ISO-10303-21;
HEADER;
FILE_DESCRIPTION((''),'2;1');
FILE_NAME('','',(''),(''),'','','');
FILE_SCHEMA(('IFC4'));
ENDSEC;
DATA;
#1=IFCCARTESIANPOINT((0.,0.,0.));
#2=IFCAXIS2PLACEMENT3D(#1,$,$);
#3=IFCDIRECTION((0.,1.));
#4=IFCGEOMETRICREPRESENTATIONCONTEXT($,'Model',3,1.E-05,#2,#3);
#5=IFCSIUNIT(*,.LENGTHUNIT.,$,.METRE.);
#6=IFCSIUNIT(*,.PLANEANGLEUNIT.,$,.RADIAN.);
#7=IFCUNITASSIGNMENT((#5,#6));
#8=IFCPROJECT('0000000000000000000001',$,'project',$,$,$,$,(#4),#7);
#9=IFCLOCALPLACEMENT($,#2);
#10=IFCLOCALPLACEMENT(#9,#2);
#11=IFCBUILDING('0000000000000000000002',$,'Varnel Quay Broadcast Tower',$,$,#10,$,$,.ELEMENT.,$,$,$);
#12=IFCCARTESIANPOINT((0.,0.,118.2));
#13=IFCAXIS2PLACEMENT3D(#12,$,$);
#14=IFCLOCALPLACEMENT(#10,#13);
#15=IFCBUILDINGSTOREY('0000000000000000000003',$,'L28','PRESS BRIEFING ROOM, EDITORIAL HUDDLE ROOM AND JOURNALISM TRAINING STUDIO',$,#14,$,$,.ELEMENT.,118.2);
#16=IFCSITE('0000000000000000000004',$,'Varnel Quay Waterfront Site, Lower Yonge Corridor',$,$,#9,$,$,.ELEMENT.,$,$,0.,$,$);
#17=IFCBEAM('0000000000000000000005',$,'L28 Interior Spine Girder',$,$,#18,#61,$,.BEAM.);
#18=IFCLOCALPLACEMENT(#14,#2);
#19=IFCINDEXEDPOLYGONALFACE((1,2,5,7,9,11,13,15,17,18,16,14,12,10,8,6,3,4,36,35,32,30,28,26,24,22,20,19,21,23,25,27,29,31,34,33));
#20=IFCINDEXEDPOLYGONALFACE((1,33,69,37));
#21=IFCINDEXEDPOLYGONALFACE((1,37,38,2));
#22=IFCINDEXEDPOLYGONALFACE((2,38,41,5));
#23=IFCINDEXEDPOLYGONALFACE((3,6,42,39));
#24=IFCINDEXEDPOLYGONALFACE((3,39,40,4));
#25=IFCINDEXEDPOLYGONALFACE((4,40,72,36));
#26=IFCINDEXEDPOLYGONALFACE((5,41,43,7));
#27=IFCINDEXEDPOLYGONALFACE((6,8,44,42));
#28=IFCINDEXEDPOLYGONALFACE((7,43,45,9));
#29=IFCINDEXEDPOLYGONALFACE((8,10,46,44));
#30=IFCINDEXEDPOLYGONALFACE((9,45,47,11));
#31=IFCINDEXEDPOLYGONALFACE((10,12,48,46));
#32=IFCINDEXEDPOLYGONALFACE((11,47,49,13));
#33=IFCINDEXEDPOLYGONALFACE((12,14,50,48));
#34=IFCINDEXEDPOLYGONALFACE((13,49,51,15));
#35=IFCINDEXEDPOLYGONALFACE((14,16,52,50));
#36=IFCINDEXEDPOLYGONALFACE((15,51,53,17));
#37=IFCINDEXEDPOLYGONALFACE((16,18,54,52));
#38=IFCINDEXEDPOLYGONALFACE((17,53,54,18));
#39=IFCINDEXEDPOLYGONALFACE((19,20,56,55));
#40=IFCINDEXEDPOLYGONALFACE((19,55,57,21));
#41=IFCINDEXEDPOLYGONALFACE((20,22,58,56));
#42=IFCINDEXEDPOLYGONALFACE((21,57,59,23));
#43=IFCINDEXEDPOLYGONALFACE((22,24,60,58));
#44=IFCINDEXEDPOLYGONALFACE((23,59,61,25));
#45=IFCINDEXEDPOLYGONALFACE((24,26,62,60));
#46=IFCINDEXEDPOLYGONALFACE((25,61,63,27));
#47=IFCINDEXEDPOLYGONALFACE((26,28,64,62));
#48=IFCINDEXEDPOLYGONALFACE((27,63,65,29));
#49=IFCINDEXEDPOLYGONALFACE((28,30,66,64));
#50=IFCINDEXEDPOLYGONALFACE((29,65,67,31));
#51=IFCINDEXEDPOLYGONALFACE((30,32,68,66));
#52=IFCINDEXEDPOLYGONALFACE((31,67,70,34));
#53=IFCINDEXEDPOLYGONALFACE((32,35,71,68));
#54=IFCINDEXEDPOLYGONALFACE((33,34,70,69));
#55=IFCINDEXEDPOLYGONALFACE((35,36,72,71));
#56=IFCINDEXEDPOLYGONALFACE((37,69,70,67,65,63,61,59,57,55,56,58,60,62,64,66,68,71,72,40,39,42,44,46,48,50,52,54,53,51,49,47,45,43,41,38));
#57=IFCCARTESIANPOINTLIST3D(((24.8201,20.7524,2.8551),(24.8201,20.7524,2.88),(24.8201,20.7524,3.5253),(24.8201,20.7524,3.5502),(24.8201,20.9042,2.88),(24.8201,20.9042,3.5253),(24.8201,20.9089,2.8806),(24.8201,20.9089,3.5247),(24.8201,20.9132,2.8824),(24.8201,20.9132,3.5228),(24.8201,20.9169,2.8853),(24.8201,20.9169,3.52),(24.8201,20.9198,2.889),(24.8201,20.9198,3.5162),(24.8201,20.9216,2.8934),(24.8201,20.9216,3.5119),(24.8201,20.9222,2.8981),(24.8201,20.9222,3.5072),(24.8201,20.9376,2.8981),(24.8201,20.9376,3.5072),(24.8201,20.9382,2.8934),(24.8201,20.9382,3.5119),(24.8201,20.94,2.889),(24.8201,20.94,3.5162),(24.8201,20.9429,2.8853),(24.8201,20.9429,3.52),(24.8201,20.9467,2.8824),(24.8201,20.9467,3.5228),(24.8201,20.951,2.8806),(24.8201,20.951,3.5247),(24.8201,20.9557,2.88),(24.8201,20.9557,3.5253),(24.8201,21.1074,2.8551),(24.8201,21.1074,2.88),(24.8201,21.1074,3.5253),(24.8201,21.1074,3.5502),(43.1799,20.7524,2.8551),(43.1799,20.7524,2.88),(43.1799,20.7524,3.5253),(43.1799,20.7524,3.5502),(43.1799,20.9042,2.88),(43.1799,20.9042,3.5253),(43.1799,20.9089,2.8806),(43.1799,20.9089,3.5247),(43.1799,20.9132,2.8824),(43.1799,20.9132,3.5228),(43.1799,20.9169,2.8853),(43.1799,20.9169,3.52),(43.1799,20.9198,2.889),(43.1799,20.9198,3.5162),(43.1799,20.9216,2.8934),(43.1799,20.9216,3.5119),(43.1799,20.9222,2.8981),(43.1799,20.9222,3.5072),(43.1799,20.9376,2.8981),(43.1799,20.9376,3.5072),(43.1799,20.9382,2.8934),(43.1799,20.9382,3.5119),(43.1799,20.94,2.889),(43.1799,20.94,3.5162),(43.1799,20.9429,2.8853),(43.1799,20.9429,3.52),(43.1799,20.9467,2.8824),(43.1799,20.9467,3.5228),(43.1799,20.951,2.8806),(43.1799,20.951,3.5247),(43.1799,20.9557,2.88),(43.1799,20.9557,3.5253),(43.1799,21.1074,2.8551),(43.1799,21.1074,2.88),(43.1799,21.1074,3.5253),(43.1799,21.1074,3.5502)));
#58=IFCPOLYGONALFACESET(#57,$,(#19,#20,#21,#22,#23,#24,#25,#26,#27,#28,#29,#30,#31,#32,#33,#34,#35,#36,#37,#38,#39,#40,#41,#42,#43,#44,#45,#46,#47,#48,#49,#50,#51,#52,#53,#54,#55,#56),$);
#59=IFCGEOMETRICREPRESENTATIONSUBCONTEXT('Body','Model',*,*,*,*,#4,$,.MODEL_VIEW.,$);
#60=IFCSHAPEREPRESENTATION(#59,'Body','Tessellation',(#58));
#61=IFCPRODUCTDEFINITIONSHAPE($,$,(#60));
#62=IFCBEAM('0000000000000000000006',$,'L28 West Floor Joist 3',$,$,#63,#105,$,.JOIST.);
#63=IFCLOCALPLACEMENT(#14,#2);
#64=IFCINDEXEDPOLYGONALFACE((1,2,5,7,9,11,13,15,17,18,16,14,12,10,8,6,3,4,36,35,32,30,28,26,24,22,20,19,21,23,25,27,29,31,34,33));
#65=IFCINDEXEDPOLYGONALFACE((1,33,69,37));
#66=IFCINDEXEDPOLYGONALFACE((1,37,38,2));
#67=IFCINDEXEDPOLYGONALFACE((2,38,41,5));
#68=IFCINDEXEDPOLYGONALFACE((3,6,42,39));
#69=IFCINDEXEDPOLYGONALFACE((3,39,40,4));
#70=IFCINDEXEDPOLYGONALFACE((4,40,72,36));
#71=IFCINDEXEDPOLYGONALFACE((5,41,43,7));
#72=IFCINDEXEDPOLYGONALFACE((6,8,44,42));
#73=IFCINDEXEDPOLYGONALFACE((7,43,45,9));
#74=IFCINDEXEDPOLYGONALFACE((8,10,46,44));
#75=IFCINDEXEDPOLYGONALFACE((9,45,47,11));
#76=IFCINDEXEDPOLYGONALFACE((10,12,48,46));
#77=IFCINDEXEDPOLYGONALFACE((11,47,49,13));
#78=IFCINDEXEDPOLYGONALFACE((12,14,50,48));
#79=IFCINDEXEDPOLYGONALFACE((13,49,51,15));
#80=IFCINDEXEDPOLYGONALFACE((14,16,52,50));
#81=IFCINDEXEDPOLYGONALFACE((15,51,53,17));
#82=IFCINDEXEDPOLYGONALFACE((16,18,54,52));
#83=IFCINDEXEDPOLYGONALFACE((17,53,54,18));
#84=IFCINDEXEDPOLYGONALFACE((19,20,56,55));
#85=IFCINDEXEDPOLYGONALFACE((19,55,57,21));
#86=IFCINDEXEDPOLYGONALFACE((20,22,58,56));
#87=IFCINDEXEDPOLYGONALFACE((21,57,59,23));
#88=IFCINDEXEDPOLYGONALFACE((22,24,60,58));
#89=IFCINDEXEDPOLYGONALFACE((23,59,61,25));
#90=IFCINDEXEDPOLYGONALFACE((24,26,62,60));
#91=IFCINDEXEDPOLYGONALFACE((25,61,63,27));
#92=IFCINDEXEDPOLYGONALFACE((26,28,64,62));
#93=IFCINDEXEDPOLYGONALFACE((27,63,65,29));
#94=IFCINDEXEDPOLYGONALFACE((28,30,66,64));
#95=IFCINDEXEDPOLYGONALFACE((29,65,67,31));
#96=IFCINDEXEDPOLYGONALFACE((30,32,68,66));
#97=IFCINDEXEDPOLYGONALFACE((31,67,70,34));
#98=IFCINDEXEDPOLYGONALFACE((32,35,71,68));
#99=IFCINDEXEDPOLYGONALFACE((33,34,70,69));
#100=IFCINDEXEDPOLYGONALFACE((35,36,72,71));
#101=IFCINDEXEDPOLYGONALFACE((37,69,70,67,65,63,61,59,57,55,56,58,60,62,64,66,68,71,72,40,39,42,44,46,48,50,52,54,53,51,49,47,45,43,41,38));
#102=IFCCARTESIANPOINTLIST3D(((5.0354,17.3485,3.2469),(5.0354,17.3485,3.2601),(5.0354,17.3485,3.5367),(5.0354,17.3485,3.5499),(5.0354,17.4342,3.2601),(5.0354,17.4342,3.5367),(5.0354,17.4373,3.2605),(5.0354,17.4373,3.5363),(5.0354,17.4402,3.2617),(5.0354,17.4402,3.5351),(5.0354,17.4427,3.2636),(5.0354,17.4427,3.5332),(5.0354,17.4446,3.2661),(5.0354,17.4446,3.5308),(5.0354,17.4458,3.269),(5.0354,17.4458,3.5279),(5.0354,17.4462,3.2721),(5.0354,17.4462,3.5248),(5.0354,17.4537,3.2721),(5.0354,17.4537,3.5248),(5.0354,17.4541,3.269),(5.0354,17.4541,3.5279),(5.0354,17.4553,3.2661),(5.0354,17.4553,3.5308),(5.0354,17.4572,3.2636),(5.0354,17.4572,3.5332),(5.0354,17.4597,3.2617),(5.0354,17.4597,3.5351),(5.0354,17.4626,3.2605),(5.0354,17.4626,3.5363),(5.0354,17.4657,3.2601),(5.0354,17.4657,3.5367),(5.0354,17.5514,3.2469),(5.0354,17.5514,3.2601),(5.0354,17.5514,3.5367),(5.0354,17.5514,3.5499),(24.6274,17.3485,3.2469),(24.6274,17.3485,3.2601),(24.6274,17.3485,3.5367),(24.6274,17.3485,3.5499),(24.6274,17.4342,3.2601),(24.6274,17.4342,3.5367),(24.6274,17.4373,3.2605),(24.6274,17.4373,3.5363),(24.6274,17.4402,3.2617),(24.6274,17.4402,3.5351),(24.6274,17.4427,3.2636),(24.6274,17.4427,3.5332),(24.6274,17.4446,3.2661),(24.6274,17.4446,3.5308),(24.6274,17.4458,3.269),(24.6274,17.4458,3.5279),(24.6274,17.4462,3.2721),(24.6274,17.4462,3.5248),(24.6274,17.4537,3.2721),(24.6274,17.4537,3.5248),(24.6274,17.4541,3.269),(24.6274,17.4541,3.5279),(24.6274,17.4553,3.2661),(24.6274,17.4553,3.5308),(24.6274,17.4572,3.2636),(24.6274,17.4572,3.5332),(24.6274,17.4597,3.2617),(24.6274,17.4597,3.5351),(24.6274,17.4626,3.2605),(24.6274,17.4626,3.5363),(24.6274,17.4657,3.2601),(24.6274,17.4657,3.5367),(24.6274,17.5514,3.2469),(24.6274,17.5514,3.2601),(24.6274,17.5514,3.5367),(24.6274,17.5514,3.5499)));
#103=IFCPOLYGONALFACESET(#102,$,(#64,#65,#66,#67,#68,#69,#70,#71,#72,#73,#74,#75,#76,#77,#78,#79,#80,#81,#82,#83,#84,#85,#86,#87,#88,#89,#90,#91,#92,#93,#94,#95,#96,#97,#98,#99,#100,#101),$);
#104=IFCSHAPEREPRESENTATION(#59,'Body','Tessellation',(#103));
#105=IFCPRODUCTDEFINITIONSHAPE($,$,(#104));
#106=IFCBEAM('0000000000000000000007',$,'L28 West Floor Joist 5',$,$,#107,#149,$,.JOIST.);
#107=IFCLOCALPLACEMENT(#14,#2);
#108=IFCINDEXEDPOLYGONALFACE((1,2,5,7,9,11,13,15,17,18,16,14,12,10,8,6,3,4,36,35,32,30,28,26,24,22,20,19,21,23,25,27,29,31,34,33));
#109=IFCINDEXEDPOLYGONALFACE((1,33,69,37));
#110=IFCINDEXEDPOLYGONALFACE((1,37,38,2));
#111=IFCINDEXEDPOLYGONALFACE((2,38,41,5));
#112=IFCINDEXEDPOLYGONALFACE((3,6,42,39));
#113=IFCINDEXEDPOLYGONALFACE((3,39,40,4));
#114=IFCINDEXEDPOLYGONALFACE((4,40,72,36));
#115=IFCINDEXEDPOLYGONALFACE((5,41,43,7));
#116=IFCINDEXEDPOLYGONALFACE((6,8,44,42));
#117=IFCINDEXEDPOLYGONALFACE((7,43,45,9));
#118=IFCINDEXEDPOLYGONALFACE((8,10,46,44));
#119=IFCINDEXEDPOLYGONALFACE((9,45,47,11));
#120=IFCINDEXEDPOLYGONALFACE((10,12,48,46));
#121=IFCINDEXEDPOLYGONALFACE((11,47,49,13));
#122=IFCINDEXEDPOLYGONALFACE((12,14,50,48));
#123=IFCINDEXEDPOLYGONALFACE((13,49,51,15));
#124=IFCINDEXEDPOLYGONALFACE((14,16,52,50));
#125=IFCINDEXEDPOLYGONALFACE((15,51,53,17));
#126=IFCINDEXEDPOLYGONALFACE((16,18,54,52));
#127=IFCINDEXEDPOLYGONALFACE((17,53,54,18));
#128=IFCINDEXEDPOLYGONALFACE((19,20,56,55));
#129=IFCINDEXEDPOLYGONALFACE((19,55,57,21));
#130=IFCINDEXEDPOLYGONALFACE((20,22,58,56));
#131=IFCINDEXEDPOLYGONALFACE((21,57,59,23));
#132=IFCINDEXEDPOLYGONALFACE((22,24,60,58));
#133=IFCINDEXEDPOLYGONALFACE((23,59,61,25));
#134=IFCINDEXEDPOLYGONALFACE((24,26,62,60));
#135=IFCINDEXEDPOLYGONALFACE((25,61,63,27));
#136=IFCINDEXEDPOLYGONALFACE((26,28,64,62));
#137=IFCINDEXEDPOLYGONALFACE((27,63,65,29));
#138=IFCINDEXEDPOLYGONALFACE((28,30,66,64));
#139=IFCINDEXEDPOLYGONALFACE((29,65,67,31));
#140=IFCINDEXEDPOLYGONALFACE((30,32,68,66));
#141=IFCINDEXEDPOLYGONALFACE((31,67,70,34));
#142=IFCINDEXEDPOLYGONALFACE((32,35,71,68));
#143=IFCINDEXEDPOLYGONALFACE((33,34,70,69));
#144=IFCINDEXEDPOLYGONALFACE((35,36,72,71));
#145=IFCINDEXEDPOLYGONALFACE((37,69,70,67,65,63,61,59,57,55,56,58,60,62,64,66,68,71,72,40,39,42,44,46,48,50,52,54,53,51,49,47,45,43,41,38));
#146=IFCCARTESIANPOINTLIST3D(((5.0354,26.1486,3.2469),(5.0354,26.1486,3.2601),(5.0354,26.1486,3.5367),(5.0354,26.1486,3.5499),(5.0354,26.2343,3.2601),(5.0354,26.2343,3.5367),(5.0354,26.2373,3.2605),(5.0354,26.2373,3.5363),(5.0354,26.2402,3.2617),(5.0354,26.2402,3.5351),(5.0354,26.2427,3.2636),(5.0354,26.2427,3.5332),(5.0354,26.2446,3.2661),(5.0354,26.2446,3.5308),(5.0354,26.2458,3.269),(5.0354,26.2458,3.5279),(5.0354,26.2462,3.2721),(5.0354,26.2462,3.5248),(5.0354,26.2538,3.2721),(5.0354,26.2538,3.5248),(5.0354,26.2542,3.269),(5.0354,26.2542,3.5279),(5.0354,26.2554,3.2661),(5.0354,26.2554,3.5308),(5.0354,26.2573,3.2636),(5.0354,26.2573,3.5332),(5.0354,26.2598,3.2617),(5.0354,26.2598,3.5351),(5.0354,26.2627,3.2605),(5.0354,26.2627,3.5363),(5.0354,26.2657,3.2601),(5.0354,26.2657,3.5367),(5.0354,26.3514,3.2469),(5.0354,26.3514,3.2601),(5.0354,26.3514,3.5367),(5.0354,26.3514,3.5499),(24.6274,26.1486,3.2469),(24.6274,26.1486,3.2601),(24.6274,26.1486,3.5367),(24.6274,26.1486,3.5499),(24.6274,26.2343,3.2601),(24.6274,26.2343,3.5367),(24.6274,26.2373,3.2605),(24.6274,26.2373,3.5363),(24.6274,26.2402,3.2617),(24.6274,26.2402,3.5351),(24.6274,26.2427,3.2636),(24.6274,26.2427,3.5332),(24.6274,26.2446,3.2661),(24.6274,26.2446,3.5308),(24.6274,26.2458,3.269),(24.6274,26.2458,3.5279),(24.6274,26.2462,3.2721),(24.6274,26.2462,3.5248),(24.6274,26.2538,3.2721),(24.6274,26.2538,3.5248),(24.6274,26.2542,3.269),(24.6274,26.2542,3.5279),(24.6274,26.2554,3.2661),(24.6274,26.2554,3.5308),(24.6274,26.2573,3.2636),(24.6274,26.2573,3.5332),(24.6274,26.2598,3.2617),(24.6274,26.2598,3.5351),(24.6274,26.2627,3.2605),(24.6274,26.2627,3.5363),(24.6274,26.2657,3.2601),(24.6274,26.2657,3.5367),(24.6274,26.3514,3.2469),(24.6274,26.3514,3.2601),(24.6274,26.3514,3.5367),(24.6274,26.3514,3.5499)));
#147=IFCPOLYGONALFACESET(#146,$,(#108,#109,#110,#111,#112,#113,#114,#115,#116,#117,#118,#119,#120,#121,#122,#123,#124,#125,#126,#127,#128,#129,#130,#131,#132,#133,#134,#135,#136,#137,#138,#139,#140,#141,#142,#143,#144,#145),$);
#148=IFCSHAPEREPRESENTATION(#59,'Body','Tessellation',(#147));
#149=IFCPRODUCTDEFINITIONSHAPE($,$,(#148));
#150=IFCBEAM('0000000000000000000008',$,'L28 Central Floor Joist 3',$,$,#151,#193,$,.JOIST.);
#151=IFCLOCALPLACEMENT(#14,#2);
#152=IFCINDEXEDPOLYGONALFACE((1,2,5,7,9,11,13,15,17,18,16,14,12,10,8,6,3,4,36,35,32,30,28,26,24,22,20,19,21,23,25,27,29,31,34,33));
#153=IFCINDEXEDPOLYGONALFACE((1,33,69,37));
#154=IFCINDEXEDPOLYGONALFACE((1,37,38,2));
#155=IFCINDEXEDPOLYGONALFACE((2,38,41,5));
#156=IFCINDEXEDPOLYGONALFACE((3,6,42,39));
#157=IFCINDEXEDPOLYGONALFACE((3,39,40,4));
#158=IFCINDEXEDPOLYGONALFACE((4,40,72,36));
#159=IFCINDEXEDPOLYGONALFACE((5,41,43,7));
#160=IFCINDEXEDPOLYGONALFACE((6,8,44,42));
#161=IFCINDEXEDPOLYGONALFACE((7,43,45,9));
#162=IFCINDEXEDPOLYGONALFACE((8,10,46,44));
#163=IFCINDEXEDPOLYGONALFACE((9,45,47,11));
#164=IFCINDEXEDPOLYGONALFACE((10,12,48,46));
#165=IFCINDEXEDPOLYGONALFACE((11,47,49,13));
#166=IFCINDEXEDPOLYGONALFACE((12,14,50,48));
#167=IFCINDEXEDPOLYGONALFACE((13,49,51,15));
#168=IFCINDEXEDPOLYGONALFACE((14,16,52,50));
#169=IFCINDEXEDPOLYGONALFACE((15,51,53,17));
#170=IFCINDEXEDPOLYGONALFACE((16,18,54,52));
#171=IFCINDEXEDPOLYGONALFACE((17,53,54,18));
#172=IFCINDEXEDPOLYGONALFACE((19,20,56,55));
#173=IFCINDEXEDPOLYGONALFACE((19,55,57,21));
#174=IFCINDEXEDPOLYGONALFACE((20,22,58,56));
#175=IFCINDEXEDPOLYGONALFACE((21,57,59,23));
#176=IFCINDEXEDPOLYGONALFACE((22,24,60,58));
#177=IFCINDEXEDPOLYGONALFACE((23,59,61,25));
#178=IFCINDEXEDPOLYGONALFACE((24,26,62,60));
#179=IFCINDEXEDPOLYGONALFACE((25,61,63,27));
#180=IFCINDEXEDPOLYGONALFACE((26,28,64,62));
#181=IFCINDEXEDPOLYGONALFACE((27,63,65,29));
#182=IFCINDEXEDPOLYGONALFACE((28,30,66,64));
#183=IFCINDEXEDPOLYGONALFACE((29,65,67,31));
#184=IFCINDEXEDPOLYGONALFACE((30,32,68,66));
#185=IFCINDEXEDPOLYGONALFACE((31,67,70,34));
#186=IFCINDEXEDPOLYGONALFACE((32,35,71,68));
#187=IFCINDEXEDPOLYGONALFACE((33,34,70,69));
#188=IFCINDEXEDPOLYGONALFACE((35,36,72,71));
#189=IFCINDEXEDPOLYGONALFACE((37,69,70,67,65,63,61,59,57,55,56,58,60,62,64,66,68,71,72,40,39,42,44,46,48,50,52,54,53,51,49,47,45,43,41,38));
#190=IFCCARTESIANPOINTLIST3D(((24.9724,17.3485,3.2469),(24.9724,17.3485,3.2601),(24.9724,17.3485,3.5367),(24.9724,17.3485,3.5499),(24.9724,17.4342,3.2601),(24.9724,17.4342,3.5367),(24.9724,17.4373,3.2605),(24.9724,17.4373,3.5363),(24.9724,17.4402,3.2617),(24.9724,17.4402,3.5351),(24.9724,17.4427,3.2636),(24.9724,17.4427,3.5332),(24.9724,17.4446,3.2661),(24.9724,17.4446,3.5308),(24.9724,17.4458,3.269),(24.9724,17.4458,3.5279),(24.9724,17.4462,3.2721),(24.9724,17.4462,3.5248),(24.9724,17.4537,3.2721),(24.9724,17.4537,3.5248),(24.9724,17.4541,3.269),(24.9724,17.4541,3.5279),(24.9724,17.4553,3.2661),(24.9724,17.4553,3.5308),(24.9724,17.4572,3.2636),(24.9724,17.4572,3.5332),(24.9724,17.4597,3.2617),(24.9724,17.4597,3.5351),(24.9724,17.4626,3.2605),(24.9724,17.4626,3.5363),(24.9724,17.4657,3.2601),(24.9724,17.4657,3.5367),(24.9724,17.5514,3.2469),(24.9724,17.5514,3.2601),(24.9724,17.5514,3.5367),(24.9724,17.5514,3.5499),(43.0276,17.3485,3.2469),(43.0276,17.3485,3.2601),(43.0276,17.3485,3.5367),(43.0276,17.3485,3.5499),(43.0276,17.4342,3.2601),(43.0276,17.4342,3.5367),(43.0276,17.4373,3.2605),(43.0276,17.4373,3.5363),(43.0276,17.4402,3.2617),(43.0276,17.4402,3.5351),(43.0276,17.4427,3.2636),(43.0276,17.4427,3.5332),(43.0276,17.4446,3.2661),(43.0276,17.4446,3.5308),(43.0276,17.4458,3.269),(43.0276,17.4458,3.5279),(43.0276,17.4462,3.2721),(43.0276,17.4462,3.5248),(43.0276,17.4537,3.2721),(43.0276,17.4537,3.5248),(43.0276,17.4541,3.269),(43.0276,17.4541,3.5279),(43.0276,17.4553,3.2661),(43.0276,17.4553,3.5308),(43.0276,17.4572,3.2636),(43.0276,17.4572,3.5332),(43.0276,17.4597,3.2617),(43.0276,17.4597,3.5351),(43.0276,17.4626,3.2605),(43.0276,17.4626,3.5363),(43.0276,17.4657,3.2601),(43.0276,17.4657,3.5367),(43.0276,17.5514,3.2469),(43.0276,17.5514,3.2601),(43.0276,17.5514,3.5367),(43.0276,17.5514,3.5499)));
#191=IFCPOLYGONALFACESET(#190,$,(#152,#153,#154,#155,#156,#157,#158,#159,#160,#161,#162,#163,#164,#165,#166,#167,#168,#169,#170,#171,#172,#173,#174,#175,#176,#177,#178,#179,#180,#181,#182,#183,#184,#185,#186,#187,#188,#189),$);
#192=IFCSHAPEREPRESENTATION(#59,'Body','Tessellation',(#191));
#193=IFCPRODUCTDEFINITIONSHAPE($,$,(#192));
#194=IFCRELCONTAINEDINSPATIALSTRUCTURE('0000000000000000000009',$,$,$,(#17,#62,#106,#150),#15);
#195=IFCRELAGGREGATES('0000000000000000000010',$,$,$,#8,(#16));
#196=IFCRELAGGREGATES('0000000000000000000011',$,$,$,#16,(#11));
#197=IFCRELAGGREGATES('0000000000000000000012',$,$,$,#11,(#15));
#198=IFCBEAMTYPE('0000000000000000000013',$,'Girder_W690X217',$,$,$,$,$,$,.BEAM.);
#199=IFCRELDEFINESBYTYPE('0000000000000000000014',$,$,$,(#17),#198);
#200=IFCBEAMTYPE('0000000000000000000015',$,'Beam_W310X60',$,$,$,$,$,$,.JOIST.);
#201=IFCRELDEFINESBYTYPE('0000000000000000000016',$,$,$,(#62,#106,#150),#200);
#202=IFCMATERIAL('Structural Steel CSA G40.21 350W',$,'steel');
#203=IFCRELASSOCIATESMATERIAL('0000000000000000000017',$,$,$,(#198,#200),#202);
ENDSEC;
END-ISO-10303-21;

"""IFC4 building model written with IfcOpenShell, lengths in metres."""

from ifc_helpers import new_model, si_unit, direction, frame, origin, origin_2d, place, context, subcontext, project, spatial, i_section, extrude, source, transform, mapped, material, material_profile, profile_set, type_object, type_shapes, element, save


model = new_model("IFC4")

# Units and contexts
model_context = context("Model", 3, precision=1e-05, world=origin(), true_north=direction((0.0, 1.0)))
body_context = subcontext(model_context, "Body", "Model", "MODEL_VIEW")
ifc_project = project(units=[si_unit("LENGTHUNIT", "METRE"), si_unit("PLANEANGLEUNIT", "RADIAN")], contexts=[model_context])

# Site, building, storey
site_placement = place(None, origin())
site = spatial("IfcSite", under=ifc_project, at=site_placement, Name="Varnel Quay Waterfront Site, Lower Yonge Corridor", CompositionType="ELEMENT", RefElevation=0.0)
building_placement = place(site_placement, origin())
building = spatial("IfcBuilding", under=site, at=building_placement, Name="Varnel Quay Broadcast Tower", CompositionType="ELEMENT")
storey_placement = place(building_placement, frame((0.0, 0.0, 118.2)))
storey = spatial("IfcBuildingStorey", under=building, at=storey_placement, Name="L28", Description="PRESS BRIEFING ROOM, EDITORIAL HUDDLE ROOM AND JOURNALISM TRAINING STUDIO", CompositionType="ELEMENT", Elevation=118.2)

# Beams
ifc_material_1 = material(Name="Structural Steel CSA G40.21 350W", Category="steel")
ifc_material_profile_1 = material_profile(ifc_material_1, i_section(OverallWidth=0.355, OverallDepth=0.6951, WebThickness=0.0154, FlangeThickness=0.0249, FilletRadius=0.0181, at=origin_2d()), Name="W690X217")
ifc_profile_set_1 = profile_set([ifc_material_profile_1], Name="Structural Steel CSA G40.21 350W")
beam_type_1 = type_object("IfcBeamType", Name="Girder_W690X217", PredefinedType="BEAM", material=ifc_profile_set_1)
shared_shape_1 = source(origin(), body_context, "Body", "SweptSolid", [
    extrude(i_section(OverallWidth=0.355, OverallDepth=0.6951, WebThickness=0.0154, FlangeThickness=0.0249, FilletRadius=0.0181, at=origin_2d()), origin(), (0.0, 0.0, 1.0), 18.3599),
])
beam_1_placement = place(storey_placement, frame((24.8201, 20.9299, 3.2026), z_axis=(1.0, 0.0, 0.0), x_axis=(0.0, 1.0, 0.0)))
element("IfcBeam", 1, at=beam_1_placement, inside=storey, type_object=beam_type_1, Name="L28 Interior Spine Girder", PredefinedType="BEAM", context=body_context, shape_type="MappedRepresentation", body=[
    mapped(shared_shape_1, transform((0.0, 0.0, 0.0), x_axis=(1.0, 0.0, 0.0), y_axis=(0.0, 1.0, 0.0), z_axis=(0.0, 0.0, 1.0), scale=1.0)),
])
ifc_material_profile_2 = material_profile(ifc_material_1, i_section(OverallWidth=0.2029, OverallDepth=0.303, WebThickness=0.0076, FlangeThickness=0.0132, FilletRadius=0.012, at=origin_2d()), Name="W310X60")
ifc_profile_set_2 = profile_set([ifc_material_profile_2], Name="Structural Steel CSA G40.21 350W")
beam_type_2 = type_object("IfcBeamType", Name="Beam_W310X60", PredefinedType="JOIST", material=ifc_profile_set_2)
shared_shape_2 = source(origin(), body_context, "Body", "SweptSolid", [
    extrude(i_section(OverallWidth=0.2029, OverallDepth=0.303, WebThickness=0.0076, FlangeThickness=0.0132, FilletRadius=0.012, at=origin_2d()), origin(), (0.0, 0.0, 1.0), 19.592),
])
for number, where, z_axis, x_axis, name in (
    (2, (5.0354, 17.45, 3.3984), (1.0, 0.0, 0.0), (0.0, 1.0, 0.0), "L28 West Floor Joist 3"),
    (3, (5.0354, 26.25, 3.3984), (1.0, 0.0, 0.0), (0.0, 1.0, 0.0), "L28 West Floor Joist 5"),
):
    element("IfcBeam", number, at=place(storey_placement, frame(where, z_axis=z_axis, x_axis=x_axis)), inside=storey, type_object=beam_type_2, Name=name, PredefinedType="JOIST", context=body_context, shape_type="MappedRepresentation", body=[
        mapped(shared_shape_2, transform((0.0, 0.0, 0.0), x_axis=(1.0, 0.0, 0.0), y_axis=(0.0, 1.0, 0.0), z_axis=(0.0, 0.0, 1.0), scale=1.0)),
    ])
shared_shape_3 = source(origin(), body_context, "Body", "SweptSolid", [
    extrude(i_section(OverallWidth=0.2029, OverallDepth=0.303, WebThickness=0.0076, FlangeThickness=0.0132, FilletRadius=0.012, at=origin_2d()), origin(), (0.0, 0.0, 1.0), 18.0552),
])
type_shapes(beam_type_2, [shared_shape_2, shared_shape_3])
for number, where, z_axis, x_axis, name in (
    (4, (24.9724, 17.45, 3.3984), (1.0, 0.0, 0.0), (0.0, 1.0, 0.0), "L28 Central Floor Joist 3"),
):
    element("IfcBeam", number, at=place(storey_placement, frame(where, z_axis=z_axis, x_axis=x_axis)), inside=storey, type_object=beam_type_2, Name=name, PredefinedType="JOIST", context=body_context, shape_type="MappedRepresentation", body=[
        mapped(shared_shape_3, transform((0.0, 0.0, 0.0), x_axis=(1.0, 0.0, 0.0), y_axis=(0.0, 1.0, 0.0), z_axis=(0.0, 0.0, 1.0), scale=1.0)),
    ])

save(model, "model.ifc")
